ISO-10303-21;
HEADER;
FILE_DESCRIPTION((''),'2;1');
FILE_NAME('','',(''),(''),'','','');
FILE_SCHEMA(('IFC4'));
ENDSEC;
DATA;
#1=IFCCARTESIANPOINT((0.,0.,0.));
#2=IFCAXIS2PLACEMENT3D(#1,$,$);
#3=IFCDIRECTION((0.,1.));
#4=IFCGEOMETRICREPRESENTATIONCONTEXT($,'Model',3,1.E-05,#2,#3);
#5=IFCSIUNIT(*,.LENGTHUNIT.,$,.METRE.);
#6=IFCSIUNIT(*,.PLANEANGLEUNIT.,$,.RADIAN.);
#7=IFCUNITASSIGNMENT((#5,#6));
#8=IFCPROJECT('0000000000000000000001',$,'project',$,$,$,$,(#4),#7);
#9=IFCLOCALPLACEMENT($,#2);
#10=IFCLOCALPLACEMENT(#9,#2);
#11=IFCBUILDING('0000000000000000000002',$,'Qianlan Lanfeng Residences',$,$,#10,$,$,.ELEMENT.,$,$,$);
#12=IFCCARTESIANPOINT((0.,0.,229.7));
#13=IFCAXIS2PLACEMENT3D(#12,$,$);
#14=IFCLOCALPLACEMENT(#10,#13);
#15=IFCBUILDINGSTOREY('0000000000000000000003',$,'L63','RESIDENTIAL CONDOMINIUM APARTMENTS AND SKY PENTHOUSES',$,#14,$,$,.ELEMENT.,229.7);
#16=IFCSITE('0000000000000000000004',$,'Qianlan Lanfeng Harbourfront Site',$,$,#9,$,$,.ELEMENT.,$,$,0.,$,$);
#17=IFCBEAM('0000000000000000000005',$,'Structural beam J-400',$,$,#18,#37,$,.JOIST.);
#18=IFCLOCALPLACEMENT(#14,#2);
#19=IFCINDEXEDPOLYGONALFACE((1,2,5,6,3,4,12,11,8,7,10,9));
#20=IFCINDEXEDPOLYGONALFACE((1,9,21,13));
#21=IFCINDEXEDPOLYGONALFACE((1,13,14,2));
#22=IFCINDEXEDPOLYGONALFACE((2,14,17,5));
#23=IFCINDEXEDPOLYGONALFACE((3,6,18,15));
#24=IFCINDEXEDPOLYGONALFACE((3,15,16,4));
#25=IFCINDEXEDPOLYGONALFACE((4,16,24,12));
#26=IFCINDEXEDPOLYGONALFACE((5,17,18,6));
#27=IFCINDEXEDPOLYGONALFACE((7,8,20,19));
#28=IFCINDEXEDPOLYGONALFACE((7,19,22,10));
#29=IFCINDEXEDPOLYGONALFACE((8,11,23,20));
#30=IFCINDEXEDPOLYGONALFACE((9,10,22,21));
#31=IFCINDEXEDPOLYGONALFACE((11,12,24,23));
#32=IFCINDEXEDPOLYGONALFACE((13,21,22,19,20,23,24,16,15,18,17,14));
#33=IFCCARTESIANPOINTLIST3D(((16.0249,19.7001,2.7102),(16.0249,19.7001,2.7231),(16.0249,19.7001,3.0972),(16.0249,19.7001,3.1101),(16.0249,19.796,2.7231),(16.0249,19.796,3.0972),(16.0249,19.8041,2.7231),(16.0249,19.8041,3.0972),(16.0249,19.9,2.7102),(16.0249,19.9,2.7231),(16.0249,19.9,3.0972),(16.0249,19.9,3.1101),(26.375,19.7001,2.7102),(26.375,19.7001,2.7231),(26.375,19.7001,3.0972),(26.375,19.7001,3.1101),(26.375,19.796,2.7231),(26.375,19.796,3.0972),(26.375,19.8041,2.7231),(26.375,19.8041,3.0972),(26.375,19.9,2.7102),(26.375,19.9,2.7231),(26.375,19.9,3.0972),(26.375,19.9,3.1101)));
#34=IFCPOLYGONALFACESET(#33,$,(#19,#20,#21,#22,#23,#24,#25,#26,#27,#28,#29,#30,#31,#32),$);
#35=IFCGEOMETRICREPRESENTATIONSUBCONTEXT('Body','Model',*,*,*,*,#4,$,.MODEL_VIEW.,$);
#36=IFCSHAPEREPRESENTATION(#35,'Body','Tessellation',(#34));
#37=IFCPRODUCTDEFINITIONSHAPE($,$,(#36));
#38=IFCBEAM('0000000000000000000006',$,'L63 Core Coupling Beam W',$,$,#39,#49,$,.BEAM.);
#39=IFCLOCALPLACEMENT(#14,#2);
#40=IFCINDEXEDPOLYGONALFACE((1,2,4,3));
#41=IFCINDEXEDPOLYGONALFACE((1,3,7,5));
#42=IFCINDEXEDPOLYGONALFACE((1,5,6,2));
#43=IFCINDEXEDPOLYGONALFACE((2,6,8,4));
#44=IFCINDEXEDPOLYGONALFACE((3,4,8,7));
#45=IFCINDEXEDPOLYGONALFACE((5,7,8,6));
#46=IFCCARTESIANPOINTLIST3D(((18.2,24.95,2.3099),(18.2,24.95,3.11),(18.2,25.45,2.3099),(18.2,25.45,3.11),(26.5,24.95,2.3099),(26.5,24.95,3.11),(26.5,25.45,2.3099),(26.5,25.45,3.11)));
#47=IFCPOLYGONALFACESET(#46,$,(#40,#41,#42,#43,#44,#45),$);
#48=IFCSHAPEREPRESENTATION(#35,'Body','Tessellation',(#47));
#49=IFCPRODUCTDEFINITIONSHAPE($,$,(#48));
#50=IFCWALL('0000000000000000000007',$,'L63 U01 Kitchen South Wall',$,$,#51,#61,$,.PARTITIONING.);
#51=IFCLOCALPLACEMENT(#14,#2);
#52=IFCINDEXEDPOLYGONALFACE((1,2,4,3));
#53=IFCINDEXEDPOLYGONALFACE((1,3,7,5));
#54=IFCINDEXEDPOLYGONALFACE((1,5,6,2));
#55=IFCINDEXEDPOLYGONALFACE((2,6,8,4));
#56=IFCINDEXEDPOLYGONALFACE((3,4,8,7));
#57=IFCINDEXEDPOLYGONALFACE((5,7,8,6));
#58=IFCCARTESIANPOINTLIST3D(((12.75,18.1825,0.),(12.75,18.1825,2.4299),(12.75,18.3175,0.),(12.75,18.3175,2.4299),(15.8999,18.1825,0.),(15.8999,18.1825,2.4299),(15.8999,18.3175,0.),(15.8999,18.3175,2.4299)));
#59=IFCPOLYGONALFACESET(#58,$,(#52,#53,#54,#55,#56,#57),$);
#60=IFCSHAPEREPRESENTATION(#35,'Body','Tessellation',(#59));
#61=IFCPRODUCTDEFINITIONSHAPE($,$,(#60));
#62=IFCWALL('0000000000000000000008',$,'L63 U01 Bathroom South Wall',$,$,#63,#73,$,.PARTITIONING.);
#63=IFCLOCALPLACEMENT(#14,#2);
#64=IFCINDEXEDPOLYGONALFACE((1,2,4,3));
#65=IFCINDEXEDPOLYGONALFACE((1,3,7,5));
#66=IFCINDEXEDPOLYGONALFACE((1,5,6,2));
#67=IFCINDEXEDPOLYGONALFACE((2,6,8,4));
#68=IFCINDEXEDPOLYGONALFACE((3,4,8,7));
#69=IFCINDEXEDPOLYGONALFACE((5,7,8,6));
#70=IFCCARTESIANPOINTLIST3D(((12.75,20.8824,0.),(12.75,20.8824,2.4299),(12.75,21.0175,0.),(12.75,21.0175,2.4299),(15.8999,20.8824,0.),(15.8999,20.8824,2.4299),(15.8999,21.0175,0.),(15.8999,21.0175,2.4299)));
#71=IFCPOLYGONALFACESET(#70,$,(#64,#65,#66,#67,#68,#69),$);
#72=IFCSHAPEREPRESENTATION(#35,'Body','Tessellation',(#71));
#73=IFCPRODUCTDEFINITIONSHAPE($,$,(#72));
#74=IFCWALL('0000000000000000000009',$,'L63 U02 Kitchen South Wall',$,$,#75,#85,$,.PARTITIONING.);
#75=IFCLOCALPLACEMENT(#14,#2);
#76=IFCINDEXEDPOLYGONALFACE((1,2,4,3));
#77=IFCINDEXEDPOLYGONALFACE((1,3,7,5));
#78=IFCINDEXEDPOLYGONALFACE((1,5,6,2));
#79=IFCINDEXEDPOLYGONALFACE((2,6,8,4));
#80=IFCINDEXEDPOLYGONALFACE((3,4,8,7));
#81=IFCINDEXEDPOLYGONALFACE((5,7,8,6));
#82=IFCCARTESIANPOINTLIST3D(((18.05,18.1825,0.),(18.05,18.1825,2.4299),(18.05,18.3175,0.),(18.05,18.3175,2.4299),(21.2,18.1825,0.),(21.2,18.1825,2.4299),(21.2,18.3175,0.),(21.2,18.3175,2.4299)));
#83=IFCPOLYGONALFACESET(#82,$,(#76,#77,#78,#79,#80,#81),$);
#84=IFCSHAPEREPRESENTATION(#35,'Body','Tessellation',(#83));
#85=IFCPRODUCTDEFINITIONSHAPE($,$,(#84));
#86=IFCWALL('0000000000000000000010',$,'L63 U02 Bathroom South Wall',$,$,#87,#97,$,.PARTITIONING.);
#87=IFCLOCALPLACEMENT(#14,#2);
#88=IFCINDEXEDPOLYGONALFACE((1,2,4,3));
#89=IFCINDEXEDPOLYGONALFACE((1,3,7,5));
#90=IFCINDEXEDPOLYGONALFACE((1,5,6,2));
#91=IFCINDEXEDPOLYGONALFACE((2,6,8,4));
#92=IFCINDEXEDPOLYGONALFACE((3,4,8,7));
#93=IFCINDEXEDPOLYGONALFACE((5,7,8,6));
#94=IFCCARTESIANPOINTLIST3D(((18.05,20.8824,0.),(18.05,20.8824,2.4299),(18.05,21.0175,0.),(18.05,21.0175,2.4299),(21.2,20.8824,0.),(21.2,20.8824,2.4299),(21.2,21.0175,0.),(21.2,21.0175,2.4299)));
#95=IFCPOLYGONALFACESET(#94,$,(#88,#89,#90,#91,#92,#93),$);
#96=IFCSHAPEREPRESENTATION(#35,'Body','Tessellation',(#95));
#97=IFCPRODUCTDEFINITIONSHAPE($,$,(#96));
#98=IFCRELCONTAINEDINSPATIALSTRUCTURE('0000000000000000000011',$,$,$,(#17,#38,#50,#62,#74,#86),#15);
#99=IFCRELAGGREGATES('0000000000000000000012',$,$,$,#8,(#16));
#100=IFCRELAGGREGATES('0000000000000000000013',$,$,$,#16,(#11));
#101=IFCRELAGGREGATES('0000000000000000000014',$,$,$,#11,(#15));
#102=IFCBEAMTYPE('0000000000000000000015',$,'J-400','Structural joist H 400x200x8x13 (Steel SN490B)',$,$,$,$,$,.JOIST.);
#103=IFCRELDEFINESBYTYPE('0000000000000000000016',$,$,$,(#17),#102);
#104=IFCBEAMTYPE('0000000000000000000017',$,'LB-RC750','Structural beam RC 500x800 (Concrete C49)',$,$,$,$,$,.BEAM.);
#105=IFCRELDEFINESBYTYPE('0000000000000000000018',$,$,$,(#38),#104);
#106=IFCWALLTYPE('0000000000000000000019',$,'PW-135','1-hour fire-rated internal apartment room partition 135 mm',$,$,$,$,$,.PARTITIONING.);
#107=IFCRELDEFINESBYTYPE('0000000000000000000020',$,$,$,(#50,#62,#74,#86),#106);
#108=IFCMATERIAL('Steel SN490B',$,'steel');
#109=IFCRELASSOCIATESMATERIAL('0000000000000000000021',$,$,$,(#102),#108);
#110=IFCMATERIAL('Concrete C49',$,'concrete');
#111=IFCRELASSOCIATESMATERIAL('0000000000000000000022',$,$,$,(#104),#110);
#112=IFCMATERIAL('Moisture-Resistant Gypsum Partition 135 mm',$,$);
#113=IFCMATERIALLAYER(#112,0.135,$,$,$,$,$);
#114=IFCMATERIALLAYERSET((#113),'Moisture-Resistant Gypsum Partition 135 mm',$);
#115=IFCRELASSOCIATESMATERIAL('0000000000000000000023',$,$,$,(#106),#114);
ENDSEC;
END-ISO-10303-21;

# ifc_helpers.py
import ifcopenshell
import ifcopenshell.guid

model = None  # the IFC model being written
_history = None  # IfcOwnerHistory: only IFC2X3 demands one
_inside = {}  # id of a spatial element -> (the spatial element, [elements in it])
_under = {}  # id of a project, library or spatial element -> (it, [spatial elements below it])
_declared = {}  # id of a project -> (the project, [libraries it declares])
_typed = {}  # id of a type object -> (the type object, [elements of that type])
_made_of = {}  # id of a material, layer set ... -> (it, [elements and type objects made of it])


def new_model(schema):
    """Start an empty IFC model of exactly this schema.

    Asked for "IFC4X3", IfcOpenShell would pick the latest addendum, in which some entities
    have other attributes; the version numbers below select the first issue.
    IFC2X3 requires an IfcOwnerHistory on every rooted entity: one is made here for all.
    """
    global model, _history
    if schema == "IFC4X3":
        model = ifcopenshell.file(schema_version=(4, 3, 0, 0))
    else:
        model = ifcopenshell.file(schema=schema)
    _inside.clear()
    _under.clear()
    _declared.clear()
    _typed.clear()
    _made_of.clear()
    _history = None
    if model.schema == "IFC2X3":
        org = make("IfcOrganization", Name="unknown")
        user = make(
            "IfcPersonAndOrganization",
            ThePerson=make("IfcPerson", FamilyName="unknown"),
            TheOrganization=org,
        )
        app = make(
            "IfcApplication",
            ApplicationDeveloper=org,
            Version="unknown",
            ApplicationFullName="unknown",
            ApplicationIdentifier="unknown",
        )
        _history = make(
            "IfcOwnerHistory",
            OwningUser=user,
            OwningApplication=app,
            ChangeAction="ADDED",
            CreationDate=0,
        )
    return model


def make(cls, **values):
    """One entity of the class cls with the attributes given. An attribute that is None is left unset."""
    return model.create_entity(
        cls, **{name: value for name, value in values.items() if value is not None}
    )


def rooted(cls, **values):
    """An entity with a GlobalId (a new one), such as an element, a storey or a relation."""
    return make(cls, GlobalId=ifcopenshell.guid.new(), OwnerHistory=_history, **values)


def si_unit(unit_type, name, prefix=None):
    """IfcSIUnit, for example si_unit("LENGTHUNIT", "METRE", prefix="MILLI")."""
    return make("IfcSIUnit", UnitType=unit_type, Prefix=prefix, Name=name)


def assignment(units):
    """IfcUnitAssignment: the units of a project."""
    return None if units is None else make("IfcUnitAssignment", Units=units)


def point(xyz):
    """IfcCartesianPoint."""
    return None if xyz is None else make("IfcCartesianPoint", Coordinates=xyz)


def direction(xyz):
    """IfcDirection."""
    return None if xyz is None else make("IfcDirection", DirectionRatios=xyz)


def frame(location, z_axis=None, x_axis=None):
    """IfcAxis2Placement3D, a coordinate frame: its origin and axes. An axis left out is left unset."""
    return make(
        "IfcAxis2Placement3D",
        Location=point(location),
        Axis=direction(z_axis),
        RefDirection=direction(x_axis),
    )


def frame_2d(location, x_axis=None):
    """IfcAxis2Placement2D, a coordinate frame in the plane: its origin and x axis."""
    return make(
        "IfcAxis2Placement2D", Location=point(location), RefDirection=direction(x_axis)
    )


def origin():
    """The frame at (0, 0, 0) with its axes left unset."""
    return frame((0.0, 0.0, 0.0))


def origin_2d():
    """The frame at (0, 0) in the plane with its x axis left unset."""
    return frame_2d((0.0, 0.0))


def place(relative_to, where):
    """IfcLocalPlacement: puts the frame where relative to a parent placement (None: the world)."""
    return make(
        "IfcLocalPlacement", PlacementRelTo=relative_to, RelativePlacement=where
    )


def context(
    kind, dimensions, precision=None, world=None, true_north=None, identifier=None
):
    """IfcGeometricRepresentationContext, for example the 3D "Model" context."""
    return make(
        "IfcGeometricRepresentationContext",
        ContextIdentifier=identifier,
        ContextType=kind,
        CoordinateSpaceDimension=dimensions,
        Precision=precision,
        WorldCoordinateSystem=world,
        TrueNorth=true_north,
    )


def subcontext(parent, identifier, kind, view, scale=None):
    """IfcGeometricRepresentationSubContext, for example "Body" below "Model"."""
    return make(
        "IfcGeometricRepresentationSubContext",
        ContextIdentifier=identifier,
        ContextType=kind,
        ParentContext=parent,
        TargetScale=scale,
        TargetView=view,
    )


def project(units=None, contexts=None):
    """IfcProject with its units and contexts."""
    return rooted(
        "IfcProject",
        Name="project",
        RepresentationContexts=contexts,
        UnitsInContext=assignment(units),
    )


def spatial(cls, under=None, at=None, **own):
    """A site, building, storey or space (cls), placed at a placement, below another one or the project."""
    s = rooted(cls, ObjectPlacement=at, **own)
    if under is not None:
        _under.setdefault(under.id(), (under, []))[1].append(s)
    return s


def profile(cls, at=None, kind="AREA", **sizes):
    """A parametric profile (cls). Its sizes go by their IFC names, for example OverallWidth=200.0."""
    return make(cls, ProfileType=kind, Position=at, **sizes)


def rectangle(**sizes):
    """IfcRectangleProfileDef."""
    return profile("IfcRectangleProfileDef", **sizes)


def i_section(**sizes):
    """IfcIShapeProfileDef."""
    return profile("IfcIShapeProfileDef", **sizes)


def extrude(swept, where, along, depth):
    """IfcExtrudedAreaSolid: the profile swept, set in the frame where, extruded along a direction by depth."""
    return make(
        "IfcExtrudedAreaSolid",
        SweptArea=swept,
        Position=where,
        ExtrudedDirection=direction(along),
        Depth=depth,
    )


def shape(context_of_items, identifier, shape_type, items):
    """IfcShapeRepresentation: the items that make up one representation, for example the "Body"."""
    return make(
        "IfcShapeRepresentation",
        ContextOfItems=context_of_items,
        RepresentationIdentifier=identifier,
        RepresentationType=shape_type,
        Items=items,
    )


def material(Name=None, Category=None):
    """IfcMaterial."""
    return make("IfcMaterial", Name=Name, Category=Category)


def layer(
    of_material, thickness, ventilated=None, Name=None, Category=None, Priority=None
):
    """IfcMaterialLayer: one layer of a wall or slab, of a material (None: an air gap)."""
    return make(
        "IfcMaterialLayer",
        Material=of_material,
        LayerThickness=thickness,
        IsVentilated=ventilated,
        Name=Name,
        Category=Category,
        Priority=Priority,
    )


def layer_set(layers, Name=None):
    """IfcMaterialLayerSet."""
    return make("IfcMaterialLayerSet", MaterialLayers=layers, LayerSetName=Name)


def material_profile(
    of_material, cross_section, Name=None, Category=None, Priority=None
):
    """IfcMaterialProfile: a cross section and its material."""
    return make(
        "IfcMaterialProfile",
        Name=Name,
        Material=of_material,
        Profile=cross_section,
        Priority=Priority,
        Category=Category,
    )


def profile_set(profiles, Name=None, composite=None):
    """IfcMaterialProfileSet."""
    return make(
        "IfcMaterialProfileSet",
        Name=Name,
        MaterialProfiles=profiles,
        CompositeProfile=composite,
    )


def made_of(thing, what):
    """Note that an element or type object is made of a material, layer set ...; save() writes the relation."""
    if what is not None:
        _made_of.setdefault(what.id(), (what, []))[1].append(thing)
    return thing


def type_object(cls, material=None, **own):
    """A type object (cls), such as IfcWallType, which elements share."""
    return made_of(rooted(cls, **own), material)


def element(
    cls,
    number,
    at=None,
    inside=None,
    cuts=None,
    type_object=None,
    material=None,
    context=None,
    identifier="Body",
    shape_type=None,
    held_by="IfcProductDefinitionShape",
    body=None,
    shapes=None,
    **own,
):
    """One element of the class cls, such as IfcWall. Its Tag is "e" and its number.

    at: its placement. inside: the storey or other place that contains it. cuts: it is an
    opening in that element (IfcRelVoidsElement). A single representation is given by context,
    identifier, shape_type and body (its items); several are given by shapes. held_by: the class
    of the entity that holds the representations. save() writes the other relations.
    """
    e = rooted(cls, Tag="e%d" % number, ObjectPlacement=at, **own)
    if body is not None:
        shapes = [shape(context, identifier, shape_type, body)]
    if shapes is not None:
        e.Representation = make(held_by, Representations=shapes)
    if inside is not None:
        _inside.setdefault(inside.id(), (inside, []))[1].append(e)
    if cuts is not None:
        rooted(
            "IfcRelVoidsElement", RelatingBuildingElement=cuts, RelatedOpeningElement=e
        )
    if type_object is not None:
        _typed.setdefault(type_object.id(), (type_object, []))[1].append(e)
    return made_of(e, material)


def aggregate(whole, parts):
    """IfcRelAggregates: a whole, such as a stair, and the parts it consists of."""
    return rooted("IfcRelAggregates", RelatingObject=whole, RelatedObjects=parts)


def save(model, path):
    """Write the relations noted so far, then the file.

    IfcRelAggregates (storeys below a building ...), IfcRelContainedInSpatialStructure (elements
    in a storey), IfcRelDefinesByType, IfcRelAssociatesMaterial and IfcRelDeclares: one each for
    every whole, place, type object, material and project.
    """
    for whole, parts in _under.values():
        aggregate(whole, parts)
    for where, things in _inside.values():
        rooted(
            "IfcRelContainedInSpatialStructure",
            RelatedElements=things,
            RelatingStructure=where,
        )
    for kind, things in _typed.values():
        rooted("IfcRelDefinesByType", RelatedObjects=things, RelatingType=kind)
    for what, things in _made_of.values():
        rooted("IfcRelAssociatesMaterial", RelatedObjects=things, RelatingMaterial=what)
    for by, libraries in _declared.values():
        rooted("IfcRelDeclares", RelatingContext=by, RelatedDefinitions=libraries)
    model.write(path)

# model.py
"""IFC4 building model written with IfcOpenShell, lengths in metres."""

from ifc_helpers import new_model, si_unit, direction, frame, frame_2d, origin, origin_2d, place, context, subcontext, project, spatial, rectangle, i_section, extrude, material, layer, layer_set, material_profile, profile_set, type_object, element, save


model = new_model("IFC4")

# Units and contexts
model_context = context("Model", 3, precision=1e-05, world=origin(), true_north=direction((0.0, 1.0)))
body_context = subcontext(model_context, "Body", "Model", "MODEL_VIEW")
ifc_project = project(units=[si_unit("LENGTHUNIT", "METRE"), si_unit("PLANEANGLEUNIT", "RADIAN")], contexts=[model_context])

# Site, building, storey
site_placement = place(None, origin())
site = spatial("IfcSite", under=ifc_project, at=site_placement, Name="Qianlan Lanfeng Harbourfront Site", CompositionType="ELEMENT", RefElevation=0.0)
building_placement = place(site_placement, origin())
building = spatial("IfcBuilding", under=site, at=building_placement, Name="Qianlan Lanfeng Residences", CompositionType="ELEMENT")
storey_placement = place(building_placement, frame((0.0, 0.0, 229.7)))
storey = spatial("IfcBuildingStorey", under=building, at=storey_placement, Name="L63", Description="RESIDENTIAL CONDOMINIUM APARTMENTS AND SKY PENTHOUSES", CompositionType="ELEMENT", Elevation=229.7)

# Shared definitions
ifc_material_1 = material(Name="Steel SN490B", Category="steel")

# Beams
ifc_material_profile_1 = material_profile(ifc_material_1, i_section(OverallWidth=0.2, OverallDepth=0.3999, WebThickness=0.0081, FlangeThickness=0.0129, at=origin_2d()), Name="H 400x200x8x13")
ifc_profile_set_1 = profile_set([ifc_material_profile_1], Name="Steel SN490B")
beam_type_1 = type_object("IfcBeamType", Name="J-400", Description="Structural joist H 400x200x8x13 (Steel SN490B)", PredefinedType="JOIST", material=ifc_profile_set_1)
beam_1_placement = place(storey_placement, frame((16.0249, 19.8, 2.9102), z_axis=(1.0, 0.0, 0.0), x_axis=(0.0, 1.0, 0.0)))
element("IfcBeam", 1, at=beam_1_placement, inside=storey, type_object=beam_type_1, Name="Structural beam J-400", PredefinedType="JOIST", context=body_context, shape_type="SweptSolid", body=[
    extrude(i_section(OverallWidth=0.2, OverallDepth=0.3999, WebThickness=0.0081, FlangeThickness=0.0129, at=origin_2d()), origin(), (0.0, 0.0, 1.0), 10.3501),
])
ifc_material_2 = material(Name="Concrete C49", Category="concrete")
ifc_material_profile_2 = material_profile(ifc_material_2, rectangle(XDim=0.5, YDim=0.8, at=origin_2d()), Name="RC 500x800")
ifc_profile_set_2 = profile_set([ifc_material_profile_2], Name="Concrete C49")
beam_type_2 = type_object("IfcBeamType", Name="LB-RC750", Description="Structural beam RC 500x800 (Concrete C49)", PredefinedType="BEAM", material=ifc_profile_set_2)
beam_2_placement = place(storey_placement, frame((18.2, 25.2, 2.71), z_axis=(1.0, 0.0, 0.0), x_axis=(0.0, 1.0, 0.0)))
element("IfcBeam", 2, at=beam_2_placement, inside=storey, type_object=beam_type_2, Name="L63 Core Coupling Beam W", PredefinedType="BEAM", context=body_context, shape_type="SweptSolid", body=[
    extrude(rectangle(XDim=0.5, YDim=0.8, at=origin_2d()), origin(), (0.0, 0.0, 1.0), 8.3),
])

# Shared definitions
ifc_material_3 = material(Name="Moisture-Resistant Gypsum Partition 135 mm")
ifc_layer = layer(ifc_material_3, 0.135)
ifc_layer_set = layer_set([ifc_layer], Name="Moisture-Resistant Gypsum Partition 135 mm")
wall_type = type_object("IfcWallType", Name="PW-135", Description="1-hour fire-rated internal apartment room partition 135 mm", PredefinedType="PARTITIONING", material=ifc_layer_set)

# Walls
for number, where, z_axis, x_axis, name in (
    (3, (12.75, 18.25, 0.0), (0.0, 0.0, 1.0), (1.0, 0.0, 0.0), "L63 U01 Kitchen South Wall"),
    (4, (12.75, 20.95, 0.0), (0.0, 0.0, 1.0), (1.0, 0.0, 0.0), "L63 U01 Bathroom South Wall"),
):
    element("IfcWall", number, at=place(storey_placement, frame(where, z_axis=z_axis, x_axis=x_axis)), inside=storey, type_object=wall_type, Name=name, PredefinedType="PARTITIONING", context=body_context, shape_type="SweptSolid", body=[
        extrude(rectangle(XDim=3.1499, YDim=0.135, at=frame_2d((1.575, 0.0))), origin(), (0.0, 0.0, 1.0), 2.4299),
    ])

# Walls
for number, where, z_axis, x_axis, name in (
    (5, (18.05, 18.25, 0.0), (0.0, 0.0, 1.0), (1.0, 0.0, 0.0), "L63 U02 Kitchen South Wall"),
    (6, (18.05, 20.95, 0.0), (0.0, 0.0, 1.0), (1.0, 0.0, 0.0), "L63 U02 Bathroom South Wall"),
):
    element("IfcWall", number, at=place(storey_placement, frame(where, z_axis=z_axis, x_axis=x_axis)), inside=storey, type_object=wall_type, Name=name, PredefinedType="PARTITIONING", context=body_context, shape_type="SweptSolid", body=[
        extrude(rectangle(XDim=3.1499, YDim=0.135, at=frame_2d((1.575, 0.0))), origin(), (0.0, 0.0, 1.0), 2.4299),
    ])

save(model, "model.ifc")
